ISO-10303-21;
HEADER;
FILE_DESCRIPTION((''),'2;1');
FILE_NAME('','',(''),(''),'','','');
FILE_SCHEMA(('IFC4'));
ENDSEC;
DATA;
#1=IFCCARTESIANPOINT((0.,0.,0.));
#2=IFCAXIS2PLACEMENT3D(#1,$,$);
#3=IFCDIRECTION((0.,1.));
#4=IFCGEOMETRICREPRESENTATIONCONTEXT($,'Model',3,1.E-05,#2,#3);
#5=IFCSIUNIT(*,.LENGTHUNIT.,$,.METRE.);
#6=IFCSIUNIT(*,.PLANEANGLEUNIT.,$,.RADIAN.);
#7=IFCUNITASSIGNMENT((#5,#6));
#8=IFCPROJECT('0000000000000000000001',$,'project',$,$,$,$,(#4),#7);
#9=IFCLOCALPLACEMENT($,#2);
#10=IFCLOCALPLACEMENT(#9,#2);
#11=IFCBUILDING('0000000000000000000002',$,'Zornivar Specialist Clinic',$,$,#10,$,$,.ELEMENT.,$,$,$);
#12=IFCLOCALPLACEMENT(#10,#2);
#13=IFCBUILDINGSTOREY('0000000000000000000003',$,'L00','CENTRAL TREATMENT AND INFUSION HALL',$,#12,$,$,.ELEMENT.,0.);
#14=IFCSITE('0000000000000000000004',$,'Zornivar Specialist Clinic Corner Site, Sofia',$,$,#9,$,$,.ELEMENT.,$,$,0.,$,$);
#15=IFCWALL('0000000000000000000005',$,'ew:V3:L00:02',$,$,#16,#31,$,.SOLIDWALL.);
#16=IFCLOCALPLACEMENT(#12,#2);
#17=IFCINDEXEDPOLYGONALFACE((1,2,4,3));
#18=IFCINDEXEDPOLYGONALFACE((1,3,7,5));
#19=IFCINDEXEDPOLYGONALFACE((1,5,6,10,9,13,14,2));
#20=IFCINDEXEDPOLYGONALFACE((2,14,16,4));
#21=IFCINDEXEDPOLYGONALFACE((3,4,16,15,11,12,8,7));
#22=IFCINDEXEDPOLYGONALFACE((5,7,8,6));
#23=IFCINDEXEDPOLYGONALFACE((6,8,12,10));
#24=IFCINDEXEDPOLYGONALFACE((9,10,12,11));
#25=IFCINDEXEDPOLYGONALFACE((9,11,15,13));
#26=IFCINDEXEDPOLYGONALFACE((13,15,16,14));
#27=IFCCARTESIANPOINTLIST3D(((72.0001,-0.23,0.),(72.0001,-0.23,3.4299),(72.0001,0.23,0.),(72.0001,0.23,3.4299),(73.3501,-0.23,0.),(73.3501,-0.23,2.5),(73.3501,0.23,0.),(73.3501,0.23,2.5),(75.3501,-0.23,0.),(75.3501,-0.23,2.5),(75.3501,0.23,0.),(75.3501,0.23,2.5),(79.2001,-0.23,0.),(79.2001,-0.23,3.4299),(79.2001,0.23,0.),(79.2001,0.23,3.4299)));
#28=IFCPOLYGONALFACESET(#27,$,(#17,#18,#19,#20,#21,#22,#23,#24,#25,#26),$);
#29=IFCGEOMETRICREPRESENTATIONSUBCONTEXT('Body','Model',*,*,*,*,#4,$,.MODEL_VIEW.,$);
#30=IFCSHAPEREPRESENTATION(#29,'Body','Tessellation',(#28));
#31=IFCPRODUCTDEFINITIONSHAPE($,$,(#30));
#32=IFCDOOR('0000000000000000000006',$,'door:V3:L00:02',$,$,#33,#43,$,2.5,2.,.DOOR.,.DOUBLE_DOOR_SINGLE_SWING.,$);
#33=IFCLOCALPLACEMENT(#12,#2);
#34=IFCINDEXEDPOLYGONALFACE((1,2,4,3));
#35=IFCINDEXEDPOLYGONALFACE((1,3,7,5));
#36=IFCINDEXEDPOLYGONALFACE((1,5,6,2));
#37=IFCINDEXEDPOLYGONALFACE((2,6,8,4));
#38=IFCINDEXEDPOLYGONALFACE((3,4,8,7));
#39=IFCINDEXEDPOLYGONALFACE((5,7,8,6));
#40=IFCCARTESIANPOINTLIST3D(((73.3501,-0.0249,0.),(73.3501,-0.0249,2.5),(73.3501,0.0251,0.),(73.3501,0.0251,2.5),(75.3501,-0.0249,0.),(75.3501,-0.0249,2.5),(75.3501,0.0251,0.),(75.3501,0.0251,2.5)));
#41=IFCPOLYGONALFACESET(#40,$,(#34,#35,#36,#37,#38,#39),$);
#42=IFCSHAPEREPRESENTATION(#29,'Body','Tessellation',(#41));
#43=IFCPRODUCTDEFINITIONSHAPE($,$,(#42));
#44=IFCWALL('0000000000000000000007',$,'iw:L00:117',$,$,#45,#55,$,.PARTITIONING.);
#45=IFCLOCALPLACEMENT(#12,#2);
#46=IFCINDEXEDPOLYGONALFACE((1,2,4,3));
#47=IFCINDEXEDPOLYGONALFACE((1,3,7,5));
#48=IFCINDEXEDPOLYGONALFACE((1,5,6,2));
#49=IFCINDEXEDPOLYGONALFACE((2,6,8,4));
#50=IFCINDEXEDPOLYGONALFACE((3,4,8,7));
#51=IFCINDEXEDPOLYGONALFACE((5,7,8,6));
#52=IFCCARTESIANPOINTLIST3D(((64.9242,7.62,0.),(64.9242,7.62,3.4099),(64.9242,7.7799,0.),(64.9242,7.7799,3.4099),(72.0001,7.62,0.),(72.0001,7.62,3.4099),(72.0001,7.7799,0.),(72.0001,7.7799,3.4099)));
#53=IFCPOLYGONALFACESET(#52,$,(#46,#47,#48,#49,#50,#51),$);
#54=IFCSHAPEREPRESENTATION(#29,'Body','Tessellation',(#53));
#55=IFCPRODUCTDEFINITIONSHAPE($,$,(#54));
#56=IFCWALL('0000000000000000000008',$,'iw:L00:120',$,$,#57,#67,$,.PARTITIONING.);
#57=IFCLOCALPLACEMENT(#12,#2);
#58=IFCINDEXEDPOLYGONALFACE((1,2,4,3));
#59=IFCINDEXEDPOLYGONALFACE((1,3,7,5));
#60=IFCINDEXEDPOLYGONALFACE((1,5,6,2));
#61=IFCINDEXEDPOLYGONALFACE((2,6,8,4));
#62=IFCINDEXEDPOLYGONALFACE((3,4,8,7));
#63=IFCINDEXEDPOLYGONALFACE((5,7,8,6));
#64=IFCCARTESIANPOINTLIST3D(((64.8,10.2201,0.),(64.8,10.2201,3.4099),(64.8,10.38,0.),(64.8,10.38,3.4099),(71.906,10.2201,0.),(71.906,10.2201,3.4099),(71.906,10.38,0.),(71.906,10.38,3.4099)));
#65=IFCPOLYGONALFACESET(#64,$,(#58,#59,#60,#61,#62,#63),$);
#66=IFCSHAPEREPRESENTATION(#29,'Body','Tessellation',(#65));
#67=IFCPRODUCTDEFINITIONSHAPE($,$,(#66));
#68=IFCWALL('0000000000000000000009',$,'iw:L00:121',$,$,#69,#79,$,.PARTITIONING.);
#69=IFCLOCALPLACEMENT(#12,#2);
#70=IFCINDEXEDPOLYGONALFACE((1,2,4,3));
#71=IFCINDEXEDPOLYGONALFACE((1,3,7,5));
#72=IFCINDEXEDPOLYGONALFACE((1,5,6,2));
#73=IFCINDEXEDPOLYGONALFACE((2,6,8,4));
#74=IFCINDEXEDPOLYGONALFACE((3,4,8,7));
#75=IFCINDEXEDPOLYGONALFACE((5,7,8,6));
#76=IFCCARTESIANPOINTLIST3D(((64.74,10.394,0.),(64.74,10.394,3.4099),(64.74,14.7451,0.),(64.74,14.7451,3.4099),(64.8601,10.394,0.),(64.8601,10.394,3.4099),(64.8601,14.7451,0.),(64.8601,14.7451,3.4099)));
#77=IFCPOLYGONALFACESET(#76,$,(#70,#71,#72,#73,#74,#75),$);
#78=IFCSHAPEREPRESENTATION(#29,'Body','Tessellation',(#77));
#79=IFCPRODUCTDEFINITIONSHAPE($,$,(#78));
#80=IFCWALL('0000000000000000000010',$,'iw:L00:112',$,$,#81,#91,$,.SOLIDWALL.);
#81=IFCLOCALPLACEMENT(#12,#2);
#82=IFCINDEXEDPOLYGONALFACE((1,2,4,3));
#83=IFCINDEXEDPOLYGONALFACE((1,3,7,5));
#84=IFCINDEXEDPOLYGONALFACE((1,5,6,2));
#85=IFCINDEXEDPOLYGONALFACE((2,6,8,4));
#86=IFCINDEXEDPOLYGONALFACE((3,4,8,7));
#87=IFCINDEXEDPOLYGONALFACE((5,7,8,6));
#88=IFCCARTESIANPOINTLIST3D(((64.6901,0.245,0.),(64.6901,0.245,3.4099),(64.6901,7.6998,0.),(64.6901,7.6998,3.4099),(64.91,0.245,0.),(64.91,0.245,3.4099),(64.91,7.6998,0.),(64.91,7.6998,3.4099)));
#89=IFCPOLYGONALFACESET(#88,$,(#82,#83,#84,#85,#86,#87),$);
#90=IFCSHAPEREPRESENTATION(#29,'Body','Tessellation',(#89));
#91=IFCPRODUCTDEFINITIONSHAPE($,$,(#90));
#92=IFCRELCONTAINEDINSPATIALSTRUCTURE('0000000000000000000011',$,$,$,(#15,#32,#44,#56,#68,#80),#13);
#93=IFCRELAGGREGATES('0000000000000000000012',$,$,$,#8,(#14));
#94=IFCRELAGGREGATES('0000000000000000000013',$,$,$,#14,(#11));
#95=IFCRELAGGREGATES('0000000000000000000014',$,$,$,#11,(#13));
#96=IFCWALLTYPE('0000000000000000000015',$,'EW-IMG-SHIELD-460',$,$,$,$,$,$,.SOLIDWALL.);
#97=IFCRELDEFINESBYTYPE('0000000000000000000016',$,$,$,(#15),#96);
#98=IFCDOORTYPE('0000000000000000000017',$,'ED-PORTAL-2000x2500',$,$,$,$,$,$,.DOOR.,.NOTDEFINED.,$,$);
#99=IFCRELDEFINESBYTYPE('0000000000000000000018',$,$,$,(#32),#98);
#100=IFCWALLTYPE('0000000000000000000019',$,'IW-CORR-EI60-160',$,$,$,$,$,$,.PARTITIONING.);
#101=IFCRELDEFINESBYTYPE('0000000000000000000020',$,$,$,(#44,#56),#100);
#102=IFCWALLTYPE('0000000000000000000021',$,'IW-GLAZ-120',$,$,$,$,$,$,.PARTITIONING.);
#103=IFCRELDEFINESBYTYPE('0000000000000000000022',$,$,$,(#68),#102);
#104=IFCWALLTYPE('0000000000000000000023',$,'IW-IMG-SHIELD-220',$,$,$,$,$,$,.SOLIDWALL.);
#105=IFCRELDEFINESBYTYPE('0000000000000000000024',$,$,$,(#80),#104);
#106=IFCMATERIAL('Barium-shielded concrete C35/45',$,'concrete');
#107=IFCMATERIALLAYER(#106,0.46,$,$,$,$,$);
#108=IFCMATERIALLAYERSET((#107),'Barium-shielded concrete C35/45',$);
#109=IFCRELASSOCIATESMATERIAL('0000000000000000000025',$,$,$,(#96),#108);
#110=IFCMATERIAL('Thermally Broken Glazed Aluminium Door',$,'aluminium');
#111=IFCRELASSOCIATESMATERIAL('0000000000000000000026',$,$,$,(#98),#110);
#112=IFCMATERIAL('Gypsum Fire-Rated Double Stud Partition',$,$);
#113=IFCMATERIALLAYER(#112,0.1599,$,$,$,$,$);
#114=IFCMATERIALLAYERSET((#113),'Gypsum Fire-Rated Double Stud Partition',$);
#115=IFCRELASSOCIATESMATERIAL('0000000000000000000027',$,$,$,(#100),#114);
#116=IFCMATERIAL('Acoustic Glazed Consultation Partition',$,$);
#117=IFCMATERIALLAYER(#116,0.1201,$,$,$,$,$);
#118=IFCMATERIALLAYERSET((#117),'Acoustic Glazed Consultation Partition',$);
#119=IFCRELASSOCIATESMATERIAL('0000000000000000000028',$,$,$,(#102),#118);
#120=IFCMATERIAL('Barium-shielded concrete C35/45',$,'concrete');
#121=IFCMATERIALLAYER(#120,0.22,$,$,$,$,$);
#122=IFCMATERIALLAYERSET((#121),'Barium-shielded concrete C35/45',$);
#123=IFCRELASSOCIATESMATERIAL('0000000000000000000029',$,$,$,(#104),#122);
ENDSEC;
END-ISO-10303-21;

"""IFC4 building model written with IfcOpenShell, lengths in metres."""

from ifc_helpers import new_model, si_unit, direction, frame, frame_2d, origin, place, context, subcontext, project, spatial, rectangle, extrude, material, layer, layer_set, type_object, element, fill, save


model = new_model("IFC4")

# Units and contexts
model_context = context("Model", 3, precision=1e-05, world=origin(), true_north=direction((0.0, 1.0)))
body_context = subcontext(model_context, "Body", "Model", "MODEL_VIEW")
ifc_project = project(units=[si_unit("LENGTHUNIT", "METRE"), si_unit("PLANEANGLEUNIT", "RADIAN")], contexts=[model_context])

# Site, building, storey
site_placement = place(None, origin())
site = spatial("IfcSite", under=ifc_project, at=site_placement, Name="Zornivar Specialist Clinic Corner Site, Sofia", CompositionType="ELEMENT", RefElevation=0.0)
building_placement = place(site_placement, origin())
building = spatial("IfcBuilding", under=site, at=building_placement, Name="Zornivar Specialist Clinic", CompositionType="ELEMENT")
storey_placement = place(building_placement, origin())
storey = spatial("IfcBuildingStorey", under=building, at=storey_placement, Name="L00", Description="CENTRAL TREATMENT AND INFUSION HALL", CompositionType="ELEMENT", Elevation=0.0)

# Wall, opening, door
ifc_material_1 = material(Name="Barium-shielded concrete C35/45", Category="concrete")
ifc_layer_1 = layer(ifc_material_1, 0.46)
ifc_layer_set_1 = layer_set([ifc_layer_1], Name="Barium-shielded concrete C35/45")
wall_type_1 = type_object("IfcWallType", Name="EW-IMG-SHIELD-460", PredefinedType="SOLIDWALL", material=ifc_layer_set_1)
wall_1_placement = place(storey_placement, frame((72.0, 0.0, 0.0), z_axis=(0.0, 0.0, 1.0), x_axis=(1.0, 0.0, 0.0)))
wall_1 = element("IfcWall", 1, at=wall_1_placement, inside=storey, type_object=wall_type_1, Name="ew:V3:L00:02", PredefinedType="SOLIDWALL", context=body_context, shape_type="SweptSolid", body=[
    extrude(rectangle(XDim=7.2, YDim=0.46, at=frame_2d((3.6001, 0.0))), origin(), (0.0, 0.0, 1.0), 3.4299),
])
opening_1_placement = place(wall_1_placement, frame((1.3501, 0.0, 0.0)))
opening_1 = element("IfcOpeningElement", 2, at=opening_1_placement, cuts=wall_1, PredefinedType="OPENING", context=body_context, shape_type="SweptSolid", body=[
    extrude(rectangle(XDim=2.0, YDim=2.5, at=frame_2d((1.0, 1.25))), frame((0.0, 0.24, 0.0), z_axis=(0.0, -1.0, 0.0), x_axis=(1.0, 0.0, 0.0)), (0.0, 0.0, 1.0), 0.48),
])
ifc_material_2 = material(Name="Thermally Broken Glazed Aluminium Door", Category="aluminium")
door_type_1 = type_object("IfcDoorType", Name="ED-PORTAL-2000x2500", OperationType="NOTDEFINED", PredefinedType="DOOR", material=ifc_material_2)
door_1_placement = place(opening_1_placement, frame((2.0, 0.0, 0.0), z_axis=(0.0, 0.0, 1.0), x_axis=(-1.0, 0.0, 0.0)))
door_1 = element("IfcDoor", 3, at=door_1_placement, inside=storey, type_object=door_type_1, Name="door:V3:L00:02", OperationType="DOUBLE_DOOR_SINGLE_SWING", OverallHeight=2.5, OverallWidth=2.0, PredefinedType="DOOR", context=body_context, shape_type="SweptSolid", body=[
    extrude(rectangle(XDim=2.0, YDim=2.5, at=frame_2d((1.0, 1.25))), frame((0.0, 0.0249, 0.0), z_axis=(0.0, -1.0, 0.0), x_axis=(1.0, 0.0, 0.0)), (0.0, 0.0, 1.0), 0.05),
])
fill(opening_1, door_1)

# Walls
ifc_material_3 = material(Name="Gypsum Fire-Rated Double Stud Partition")
ifc_layer_2 = layer(ifc_material_3, 0.1599)
ifc_layer_set_2 = layer_set([ifc_layer_2], Name="Gypsum Fire-Rated Double Stud Partition")
wall_type_2 = type_object("IfcWallType", Name="IW-CORR-EI60-160", PredefinedType="PARTITIONING", material=ifc_layer_set_2)
wall_2_placement = place(storey_placement, frame((64.9241, 7.7, 0.0), z_axis=(0.0, 0.0, 1.0), x_axis=(1.0, 0.0, 0.0)))
element("IfcWall", 4, at=wall_2_placement, inside=storey, type_object=wall_type_2, Name="iw:L00:117", PredefinedType="PARTITIONING", context=body_context, shape_type="SweptSolid", body=[
    extrude(rectangle(XDim=7.0759, YDim=0.1599, at=frame_2d((3.5381, 0.0))), origin(), (0.0, 0.0, 1.0), 3.4099),
])
wall_3_placement = place(storey_placement, frame((71.906, 10.3, 0.0), z_axis=(0.0, 0.0, 1.0), x_axis=(-1.0, 0.0, 0.0)))
element("IfcWall", 5, at=wall_3_placement, inside=storey, type_object=wall_type_2, Name="iw:L00:120", PredefinedType="PARTITIONING", context=body_context, shape_type="SweptSolid", body=[
    extrude(rectangle(XDim=7.106, YDim=0.1599, at=frame_2d((3.553, 0.0))), origin(), (0.0, 0.0, 1.0), 3.4099),
])
ifc_material_4 = material(Name="Acoustic Glazed Consultation Partition")
ifc_layer_3 = layer(ifc_material_4, 0.1201)
ifc_layer_set_3 = layer_set([ifc_layer_3], Name="Acoustic Glazed Consultation Partition")
wall_type_3 = type_object("IfcWallType", Name="IW-GLAZ-120", PredefinedType="PARTITIONING", material=ifc_layer_set_3)
wall_4_placement = place(storey_placement, frame((64.8, 10.394, 0.0), z_axis=(0.0, 0.0, 1.0), x_axis=(0.0, 1.0, 0.0)))
element("IfcWall", 6, at=wall_4_placement, inside=storey, type_object=wall_type_3, Name="iw:L00:121", PredefinedType="PARTITIONING", context=body_context, shape_type="SweptSolid", body=[
    extrude(rectangle(XDim=4.3511, YDim=0.1201, at=frame_2d((2.1755, 0.0))), origin(), (0.0, 0.0, 1.0), 3.4099),
])
ifc_material_5 = material(Name="Barium-shielded concrete C35/45", Category="concrete")
ifc_layer_4 = layer(ifc_material_5, 0.22)
ifc_layer_set_4 = layer_set([ifc_layer_4], Name="Barium-shielded concrete C35/45")
wall_type_4 = type_object("IfcWallType", Name="IW-IMG-SHIELD-220", PredefinedType="SOLIDWALL", material=ifc_layer_set_4)
wall_5_placement = place(storey_placement, frame((64.8, 7.7, 0.0), z_axis=(0.0, 0.0, 1.0), x_axis=(0.0, -1.0, 0.0)))
element("IfcWall", 7, at=wall_5_placement, inside=storey, type_object=wall_type_4, Name="iw:L00:112", PredefinedType="SOLIDWALL", context=body_context, shape_type="SweptSolid", body=[
    extrude(rectangle(XDim=7.4548, YDim=0.22, at=frame_2d((3.7275, 0.0))), origin(), (0.0, 0.0, 1.0), 3.4099),
])

save(model, "model.ifc")
